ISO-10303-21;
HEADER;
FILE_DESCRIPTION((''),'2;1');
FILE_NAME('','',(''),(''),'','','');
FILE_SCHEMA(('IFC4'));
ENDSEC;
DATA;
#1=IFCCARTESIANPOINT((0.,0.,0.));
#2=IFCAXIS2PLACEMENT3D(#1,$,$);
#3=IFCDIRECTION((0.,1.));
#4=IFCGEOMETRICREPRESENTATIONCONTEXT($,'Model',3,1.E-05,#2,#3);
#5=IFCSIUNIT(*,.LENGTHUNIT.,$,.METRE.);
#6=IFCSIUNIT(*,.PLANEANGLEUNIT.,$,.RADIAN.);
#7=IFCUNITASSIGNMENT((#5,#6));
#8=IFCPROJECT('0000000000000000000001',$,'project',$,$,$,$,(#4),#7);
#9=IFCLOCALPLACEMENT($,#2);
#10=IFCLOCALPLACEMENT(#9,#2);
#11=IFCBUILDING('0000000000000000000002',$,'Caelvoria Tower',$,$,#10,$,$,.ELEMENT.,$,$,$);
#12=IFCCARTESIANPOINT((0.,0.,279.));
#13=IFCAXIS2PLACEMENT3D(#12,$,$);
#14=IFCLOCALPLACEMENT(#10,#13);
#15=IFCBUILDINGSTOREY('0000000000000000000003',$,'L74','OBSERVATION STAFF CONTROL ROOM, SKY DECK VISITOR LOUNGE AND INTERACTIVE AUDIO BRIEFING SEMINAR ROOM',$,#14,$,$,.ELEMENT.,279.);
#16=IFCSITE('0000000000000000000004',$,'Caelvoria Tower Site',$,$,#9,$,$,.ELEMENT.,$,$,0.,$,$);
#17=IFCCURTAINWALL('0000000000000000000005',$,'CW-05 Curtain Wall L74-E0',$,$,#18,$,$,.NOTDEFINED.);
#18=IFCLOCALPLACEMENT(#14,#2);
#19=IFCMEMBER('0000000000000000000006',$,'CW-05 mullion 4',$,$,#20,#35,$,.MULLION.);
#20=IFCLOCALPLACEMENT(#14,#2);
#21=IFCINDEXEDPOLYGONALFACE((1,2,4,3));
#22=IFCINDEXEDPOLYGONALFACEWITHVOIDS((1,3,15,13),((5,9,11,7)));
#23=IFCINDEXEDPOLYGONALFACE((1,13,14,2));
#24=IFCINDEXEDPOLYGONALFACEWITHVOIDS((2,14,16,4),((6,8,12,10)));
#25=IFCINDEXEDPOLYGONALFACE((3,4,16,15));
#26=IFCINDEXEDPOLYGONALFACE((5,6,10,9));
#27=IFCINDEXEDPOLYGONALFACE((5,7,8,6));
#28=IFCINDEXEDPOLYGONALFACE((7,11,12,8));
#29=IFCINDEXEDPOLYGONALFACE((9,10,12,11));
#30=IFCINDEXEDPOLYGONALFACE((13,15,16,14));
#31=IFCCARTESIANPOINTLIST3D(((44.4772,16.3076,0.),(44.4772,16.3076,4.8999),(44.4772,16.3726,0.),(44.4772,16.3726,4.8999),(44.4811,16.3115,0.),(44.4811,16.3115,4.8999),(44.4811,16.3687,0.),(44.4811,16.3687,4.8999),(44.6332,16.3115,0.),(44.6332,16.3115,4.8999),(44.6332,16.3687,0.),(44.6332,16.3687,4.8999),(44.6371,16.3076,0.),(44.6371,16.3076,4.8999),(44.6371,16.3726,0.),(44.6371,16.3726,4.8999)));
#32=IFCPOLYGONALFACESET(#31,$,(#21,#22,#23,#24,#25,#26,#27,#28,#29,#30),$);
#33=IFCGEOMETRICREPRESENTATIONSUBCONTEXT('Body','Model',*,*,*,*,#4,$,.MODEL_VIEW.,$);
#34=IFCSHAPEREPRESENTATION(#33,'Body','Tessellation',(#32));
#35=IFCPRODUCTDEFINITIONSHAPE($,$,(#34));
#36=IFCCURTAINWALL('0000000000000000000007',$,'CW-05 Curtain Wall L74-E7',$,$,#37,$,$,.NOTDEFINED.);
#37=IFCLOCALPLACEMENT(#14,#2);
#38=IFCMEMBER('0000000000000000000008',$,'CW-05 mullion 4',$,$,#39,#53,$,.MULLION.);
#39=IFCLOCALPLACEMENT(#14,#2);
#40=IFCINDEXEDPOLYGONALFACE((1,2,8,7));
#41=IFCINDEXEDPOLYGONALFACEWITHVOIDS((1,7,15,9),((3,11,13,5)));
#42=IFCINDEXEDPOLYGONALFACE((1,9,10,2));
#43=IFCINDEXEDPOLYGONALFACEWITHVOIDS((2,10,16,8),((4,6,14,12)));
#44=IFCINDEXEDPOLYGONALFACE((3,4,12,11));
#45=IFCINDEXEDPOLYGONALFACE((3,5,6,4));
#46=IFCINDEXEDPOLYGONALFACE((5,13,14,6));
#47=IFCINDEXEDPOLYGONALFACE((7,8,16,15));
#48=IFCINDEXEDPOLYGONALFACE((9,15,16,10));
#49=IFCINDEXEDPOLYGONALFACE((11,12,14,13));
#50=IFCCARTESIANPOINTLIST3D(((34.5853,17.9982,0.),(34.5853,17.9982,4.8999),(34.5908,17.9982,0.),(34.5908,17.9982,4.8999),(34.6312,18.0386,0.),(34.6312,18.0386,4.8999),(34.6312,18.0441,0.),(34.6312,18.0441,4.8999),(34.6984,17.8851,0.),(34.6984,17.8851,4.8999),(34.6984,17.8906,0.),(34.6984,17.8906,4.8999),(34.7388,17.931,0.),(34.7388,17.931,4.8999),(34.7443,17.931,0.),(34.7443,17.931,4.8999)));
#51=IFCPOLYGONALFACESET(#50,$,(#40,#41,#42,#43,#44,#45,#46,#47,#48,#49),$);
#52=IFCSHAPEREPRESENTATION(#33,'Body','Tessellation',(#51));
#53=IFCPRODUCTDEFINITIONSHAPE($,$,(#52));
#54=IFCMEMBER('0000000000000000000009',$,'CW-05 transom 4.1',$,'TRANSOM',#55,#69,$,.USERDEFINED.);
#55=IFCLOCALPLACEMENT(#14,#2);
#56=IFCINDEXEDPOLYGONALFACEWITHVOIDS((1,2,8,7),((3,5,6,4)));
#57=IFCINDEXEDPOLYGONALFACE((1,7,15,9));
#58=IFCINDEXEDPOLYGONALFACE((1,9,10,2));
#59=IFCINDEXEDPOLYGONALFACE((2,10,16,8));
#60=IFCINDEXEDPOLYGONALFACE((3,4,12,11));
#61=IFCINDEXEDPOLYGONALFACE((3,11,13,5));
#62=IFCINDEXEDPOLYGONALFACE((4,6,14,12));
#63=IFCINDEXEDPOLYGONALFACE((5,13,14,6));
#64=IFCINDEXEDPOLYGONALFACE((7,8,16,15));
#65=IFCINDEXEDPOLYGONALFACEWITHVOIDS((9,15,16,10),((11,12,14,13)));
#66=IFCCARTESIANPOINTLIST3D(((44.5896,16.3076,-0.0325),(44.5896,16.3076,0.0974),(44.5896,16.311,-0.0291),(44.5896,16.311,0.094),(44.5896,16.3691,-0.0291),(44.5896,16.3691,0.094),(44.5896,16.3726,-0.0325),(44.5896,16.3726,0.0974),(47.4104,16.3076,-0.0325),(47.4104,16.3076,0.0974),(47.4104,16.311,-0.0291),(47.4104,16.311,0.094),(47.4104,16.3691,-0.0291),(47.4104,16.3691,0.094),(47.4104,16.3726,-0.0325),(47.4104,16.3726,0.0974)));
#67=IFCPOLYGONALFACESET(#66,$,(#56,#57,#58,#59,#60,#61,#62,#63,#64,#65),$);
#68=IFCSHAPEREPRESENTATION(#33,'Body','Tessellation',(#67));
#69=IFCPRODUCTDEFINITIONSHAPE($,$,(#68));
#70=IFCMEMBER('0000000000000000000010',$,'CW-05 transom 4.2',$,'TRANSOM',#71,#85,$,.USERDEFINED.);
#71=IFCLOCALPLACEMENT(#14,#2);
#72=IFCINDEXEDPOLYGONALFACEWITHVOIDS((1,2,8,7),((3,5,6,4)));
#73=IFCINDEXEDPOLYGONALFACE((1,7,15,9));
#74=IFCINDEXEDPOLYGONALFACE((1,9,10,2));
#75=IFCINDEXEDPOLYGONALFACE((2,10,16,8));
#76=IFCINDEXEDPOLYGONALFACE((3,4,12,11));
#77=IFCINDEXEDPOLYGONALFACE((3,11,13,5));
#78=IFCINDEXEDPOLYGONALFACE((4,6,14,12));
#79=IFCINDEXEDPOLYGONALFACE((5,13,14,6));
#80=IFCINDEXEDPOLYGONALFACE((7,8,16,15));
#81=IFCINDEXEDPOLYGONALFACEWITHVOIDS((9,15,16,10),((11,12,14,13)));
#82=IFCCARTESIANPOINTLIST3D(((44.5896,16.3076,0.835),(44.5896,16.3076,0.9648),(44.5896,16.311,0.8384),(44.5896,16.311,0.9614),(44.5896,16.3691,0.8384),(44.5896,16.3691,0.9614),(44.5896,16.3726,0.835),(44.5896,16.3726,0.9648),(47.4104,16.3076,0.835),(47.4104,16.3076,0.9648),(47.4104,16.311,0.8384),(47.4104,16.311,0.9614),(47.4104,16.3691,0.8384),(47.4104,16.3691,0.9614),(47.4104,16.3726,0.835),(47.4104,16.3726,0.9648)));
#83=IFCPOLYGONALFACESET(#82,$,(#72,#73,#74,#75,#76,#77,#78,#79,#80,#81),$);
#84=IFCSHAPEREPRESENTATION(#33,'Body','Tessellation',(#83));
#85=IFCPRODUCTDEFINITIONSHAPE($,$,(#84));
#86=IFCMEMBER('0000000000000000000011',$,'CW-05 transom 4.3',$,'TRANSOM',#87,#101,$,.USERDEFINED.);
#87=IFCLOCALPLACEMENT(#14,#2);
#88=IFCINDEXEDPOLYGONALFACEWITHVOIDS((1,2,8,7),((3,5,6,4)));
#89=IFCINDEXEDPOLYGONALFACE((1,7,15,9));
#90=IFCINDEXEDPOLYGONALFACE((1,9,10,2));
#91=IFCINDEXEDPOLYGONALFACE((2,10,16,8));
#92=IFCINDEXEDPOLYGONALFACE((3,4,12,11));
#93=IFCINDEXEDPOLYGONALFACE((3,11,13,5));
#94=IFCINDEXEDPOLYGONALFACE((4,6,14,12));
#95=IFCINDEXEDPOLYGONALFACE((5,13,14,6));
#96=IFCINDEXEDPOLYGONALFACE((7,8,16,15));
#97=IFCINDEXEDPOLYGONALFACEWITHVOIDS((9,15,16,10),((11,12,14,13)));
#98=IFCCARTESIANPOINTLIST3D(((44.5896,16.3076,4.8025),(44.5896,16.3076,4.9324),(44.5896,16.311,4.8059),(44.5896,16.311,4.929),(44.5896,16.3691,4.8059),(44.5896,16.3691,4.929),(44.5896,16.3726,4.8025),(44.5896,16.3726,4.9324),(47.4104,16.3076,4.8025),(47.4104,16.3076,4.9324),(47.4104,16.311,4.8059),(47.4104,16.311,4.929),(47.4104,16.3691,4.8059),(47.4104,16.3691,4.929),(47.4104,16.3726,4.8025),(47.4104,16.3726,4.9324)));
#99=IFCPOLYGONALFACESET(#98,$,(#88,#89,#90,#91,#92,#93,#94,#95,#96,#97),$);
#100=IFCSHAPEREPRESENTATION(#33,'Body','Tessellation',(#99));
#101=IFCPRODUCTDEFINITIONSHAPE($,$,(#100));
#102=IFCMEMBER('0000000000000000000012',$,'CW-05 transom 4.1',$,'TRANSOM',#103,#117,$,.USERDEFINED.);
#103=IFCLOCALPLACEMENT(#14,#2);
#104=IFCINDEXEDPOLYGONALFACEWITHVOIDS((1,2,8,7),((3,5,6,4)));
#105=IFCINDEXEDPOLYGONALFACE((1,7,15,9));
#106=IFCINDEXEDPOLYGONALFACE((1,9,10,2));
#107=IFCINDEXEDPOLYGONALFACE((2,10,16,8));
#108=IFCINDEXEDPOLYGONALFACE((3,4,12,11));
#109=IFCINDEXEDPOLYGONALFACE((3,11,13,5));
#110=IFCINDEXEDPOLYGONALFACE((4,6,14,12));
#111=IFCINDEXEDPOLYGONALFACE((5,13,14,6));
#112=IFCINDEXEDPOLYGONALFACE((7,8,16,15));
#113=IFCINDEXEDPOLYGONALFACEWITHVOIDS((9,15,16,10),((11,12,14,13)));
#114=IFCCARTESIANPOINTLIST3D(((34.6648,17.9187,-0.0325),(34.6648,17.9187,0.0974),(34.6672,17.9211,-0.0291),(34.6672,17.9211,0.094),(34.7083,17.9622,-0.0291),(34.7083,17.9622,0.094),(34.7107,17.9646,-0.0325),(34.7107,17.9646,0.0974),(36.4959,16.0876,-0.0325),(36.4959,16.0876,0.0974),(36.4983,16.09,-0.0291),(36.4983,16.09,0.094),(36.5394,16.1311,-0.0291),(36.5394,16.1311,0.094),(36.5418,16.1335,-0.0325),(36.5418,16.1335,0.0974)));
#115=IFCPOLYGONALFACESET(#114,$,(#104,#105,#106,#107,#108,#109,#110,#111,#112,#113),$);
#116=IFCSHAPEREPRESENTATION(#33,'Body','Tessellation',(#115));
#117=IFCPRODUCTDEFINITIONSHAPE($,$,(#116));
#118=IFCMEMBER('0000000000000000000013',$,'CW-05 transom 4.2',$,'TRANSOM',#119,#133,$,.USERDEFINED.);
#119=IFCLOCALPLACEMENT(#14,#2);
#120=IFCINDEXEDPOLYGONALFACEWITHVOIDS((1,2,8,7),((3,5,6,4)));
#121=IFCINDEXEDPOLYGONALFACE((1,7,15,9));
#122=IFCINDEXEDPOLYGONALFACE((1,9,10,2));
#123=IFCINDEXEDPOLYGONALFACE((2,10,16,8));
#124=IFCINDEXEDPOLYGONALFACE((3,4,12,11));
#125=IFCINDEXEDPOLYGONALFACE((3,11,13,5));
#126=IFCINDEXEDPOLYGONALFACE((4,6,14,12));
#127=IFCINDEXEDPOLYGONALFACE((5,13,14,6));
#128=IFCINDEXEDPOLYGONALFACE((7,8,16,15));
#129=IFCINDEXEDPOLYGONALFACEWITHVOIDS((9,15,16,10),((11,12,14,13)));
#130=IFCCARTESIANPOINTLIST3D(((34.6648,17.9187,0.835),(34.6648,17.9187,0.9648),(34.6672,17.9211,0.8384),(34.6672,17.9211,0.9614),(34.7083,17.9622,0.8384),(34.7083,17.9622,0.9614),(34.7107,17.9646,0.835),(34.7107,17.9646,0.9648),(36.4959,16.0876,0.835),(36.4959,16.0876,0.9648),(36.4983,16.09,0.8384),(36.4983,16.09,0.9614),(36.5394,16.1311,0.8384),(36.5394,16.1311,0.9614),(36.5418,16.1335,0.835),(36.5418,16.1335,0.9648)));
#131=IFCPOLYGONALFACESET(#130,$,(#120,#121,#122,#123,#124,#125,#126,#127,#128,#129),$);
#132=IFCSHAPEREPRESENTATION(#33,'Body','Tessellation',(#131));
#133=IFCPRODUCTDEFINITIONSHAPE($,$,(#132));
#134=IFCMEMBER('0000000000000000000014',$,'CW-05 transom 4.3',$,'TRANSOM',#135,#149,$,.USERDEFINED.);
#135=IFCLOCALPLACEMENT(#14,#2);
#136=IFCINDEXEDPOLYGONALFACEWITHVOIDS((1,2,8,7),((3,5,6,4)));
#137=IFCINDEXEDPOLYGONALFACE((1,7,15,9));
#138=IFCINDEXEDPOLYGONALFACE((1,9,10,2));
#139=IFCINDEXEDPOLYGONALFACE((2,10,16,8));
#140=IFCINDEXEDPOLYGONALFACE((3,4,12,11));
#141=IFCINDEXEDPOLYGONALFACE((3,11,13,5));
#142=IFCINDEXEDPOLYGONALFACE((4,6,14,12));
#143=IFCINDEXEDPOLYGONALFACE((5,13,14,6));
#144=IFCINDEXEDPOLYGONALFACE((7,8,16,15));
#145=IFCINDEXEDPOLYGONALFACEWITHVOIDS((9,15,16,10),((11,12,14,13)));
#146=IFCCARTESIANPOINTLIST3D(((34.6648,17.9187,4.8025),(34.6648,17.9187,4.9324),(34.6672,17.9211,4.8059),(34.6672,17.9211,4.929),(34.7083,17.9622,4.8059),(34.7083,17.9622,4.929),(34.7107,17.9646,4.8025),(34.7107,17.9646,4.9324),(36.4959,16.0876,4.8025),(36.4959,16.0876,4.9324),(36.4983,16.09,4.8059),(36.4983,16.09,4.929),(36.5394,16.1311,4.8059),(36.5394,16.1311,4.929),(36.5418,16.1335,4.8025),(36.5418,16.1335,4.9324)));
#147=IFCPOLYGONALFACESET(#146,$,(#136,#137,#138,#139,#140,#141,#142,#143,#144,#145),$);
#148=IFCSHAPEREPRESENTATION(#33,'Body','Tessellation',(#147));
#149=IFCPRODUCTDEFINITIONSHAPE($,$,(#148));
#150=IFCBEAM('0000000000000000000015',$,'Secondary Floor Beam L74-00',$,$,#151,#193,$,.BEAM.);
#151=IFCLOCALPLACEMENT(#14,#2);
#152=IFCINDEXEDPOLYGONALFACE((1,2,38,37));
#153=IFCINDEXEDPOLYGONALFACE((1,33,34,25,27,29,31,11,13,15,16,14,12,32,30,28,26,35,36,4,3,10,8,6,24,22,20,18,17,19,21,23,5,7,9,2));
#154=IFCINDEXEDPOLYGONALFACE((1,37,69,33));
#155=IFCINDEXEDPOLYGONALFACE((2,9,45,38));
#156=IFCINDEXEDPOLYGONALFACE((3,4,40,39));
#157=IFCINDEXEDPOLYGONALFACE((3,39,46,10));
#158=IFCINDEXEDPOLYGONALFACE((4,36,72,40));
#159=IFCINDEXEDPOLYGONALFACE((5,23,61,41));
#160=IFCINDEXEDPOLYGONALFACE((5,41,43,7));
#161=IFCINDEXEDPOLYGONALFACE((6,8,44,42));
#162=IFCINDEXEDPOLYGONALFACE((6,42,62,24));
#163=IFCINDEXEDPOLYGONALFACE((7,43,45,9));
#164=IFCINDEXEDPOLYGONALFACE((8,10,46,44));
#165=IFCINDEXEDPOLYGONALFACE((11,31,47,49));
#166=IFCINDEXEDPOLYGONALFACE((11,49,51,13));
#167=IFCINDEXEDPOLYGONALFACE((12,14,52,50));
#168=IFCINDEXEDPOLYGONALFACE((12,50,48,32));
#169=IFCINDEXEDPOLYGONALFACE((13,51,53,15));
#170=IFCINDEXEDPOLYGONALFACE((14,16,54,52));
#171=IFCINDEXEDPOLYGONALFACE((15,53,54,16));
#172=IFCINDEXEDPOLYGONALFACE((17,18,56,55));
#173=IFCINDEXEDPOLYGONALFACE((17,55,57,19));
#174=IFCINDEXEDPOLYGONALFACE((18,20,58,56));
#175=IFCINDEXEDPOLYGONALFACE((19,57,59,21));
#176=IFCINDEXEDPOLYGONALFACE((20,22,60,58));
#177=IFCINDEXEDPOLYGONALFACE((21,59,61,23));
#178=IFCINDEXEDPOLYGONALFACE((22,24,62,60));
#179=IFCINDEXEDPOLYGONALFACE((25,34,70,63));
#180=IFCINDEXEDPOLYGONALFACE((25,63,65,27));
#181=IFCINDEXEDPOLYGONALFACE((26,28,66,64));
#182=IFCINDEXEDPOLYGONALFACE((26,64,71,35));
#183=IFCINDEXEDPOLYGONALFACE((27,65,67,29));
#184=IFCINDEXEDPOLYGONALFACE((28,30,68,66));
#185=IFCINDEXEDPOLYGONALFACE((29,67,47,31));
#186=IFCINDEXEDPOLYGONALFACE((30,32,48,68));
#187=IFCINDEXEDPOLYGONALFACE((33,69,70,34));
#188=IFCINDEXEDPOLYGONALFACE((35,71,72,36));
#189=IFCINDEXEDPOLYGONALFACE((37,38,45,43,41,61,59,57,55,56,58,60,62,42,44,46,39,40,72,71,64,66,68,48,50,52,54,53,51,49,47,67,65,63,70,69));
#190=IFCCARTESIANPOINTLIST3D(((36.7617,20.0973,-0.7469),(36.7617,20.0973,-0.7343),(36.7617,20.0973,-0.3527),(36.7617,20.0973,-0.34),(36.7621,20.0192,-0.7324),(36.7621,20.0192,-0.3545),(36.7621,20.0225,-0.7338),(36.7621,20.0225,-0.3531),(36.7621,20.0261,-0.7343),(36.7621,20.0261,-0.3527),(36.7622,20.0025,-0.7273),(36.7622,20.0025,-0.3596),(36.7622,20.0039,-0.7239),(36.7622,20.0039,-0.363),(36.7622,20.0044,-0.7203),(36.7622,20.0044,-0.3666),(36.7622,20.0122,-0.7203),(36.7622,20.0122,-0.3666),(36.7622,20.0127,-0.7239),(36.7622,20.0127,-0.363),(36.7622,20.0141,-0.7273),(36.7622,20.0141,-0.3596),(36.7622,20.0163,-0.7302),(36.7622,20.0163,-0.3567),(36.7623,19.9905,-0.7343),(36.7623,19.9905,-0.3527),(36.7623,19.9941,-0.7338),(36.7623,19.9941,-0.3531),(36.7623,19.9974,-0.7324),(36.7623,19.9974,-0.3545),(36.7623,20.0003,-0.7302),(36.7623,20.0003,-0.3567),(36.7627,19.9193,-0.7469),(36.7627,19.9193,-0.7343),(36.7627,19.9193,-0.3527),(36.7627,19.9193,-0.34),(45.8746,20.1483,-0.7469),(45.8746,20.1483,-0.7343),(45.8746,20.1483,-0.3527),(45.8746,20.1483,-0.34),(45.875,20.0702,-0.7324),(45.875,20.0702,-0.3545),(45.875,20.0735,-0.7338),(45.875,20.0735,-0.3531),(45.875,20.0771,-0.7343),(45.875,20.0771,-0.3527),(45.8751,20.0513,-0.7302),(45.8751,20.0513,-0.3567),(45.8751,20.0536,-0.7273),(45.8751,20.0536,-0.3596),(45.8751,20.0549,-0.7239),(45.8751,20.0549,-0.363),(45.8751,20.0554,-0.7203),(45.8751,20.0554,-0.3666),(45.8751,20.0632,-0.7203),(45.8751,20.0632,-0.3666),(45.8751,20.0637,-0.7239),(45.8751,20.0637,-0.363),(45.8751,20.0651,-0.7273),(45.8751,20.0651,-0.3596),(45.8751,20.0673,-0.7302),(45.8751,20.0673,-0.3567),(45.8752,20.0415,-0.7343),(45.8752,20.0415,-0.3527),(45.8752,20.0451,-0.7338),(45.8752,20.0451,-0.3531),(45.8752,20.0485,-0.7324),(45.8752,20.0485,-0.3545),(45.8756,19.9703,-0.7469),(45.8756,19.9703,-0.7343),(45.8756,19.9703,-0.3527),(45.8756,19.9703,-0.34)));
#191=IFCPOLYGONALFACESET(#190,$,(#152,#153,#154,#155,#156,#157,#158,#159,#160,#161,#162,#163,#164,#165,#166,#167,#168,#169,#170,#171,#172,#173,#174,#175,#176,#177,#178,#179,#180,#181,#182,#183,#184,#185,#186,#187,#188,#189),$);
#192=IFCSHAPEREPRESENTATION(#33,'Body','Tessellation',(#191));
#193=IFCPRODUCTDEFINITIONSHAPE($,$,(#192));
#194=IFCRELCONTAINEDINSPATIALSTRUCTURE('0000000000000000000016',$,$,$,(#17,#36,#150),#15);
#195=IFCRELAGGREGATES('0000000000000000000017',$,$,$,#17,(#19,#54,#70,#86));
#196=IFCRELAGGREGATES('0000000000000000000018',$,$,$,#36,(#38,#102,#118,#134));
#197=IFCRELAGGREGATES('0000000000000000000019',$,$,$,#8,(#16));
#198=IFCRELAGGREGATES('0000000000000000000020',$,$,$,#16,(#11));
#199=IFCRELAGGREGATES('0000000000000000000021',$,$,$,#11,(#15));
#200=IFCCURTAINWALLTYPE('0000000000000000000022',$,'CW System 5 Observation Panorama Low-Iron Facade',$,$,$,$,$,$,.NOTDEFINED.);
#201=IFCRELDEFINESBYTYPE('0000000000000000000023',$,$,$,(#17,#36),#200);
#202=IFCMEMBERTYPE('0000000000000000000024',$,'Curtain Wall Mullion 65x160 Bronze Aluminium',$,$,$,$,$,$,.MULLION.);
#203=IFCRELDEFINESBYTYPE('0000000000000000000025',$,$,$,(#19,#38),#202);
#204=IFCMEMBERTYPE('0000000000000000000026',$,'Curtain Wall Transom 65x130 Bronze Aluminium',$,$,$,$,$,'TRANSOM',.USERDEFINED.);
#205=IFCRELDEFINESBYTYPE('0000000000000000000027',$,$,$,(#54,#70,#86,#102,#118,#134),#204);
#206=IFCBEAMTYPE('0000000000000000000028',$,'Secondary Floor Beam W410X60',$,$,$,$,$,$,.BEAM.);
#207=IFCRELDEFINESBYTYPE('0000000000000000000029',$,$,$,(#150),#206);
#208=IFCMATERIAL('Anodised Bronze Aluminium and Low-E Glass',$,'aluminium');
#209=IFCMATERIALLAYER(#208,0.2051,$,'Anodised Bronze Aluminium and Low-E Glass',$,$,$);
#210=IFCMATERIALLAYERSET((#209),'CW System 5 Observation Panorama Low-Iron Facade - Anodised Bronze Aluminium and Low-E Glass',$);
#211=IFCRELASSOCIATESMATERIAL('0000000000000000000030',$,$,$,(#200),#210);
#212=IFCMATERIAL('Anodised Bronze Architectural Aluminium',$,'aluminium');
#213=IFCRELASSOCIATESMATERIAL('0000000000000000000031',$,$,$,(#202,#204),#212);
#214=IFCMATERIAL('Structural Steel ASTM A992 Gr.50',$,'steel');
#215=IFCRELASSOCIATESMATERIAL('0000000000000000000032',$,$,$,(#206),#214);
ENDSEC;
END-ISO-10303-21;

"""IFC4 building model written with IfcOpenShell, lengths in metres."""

from ifc_helpers import new_model, si_unit, direction, frame, origin, origin_2d, place, context, subcontext, project, spatial, hollow_rectangle, i_section, extrude, material, layer, layer_set, material_profile, profile_set, type_object, element, aggregate, save


model = new_model("IFC4")

# Units and contexts
model_context = context("Model", 3, precision=1e-05, world=origin(), true_north=direction((0.0, 1.0)))
body_context = subcontext(model_context, "Body", "Model", "MODEL_VIEW")
ifc_project = project(units=[si_unit("LENGTHUNIT", "METRE"), si_unit("PLANEANGLEUNIT", "RADIAN")], contexts=[model_context])

# Site, building, storey
site_placement = place(None, origin())
site = spatial("IfcSite", under=ifc_project, at=site_placement, Name="Caelvoria Tower Site", CompositionType="ELEMENT", RefElevation=0.0)
building_placement = place(site_placement, origin())
building = spatial("IfcBuilding", under=site, at=building_placement, Name="Caelvoria Tower", CompositionType="ELEMENT")
storey_placement = place(building_placement, frame((0.0, 0.0, 279.0)))
storey = spatial("IfcBuildingStorey", under=building, at=storey_placement, Name="L74", Description="OBSERVATION STAFF CONTROL ROOM, SKY DECK VISITOR LOUNGE AND INTERACTIVE AUDIO BRIEFING SEMINAR ROOM", CompositionType="ELEMENT", Elevation=279.0)

# Curtain walls, members
ifc_material_1 = material(Name="Anodised Bronze Aluminium and Low-E Glass", Category="aluminium")
ifc_layer_1 = layer(ifc_material_1, 0.2051, Name="Anodised Bronze Aluminium and Low-E Glass")
ifc_layer_set_1 = layer_set([ifc_layer_1], Name="CW System 5 Observation Panorama Low-Iron Facade - Anodised Bronze Aluminium and Low-E Glass")
curtain_wall_type = type_object("IfcCurtainWallType", Name="CW System 5 Observation Panorama Low-Iron Facade", PredefinedType="NOTDEFINED", material=ifc_layer_set_1)
curtain_wall_1_placement = place(storey_placement, origin())
curtain_wall_1 = element("IfcCurtainWall", 1, at=curtain_wall_1_placement, inside=storey, type_object=curtain_wall_type, Name="CW-05 Curtain Wall L74-E0", PredefinedType="NOTDEFINED")
ifc_material_2 = material(Name="Anodised Bronze Architectural Aluminium", Category="aluminium")
ifc_material_profile_1 = material_profile(ifc_material_2, hollow_rectangle(XDim=0.0649, YDim=0.1599, WallThickness=0.0039, at=origin_2d()), Name="Anodised Bronze Architectural Aluminium")
ifc_profile_set_1 = profile_set([ifc_material_profile_1], Name="CW_MULL_65X160 - Anodised Bronze Architectural Aluminium")
member_type_1 = type_object("IfcMemberType", Name="Curtain Wall Mullion 65x160 Bronze Aluminium", PredefinedType="MULLION", material=ifc_profile_set_1)
member_1_placement = place(storey_placement, frame((44.5571, 16.3401, 0.0), z_axis=(0.0, 0.0, 1.0), x_axis=(0.0, 1.0, 0.0)))
member_1 = element("IfcMember", 2, at=member_1_placement, type_object=member_type_1, Name="CW-05 mullion 4", PredefinedType="MULLION", context=body_context, shape_type="SweptSolid", body=[
    extrude(hollow_rectangle(XDim=0.0649, YDim=0.1599, WallThickness=0.0039, at=origin_2d()), origin(), (0.0, 0.0, 1.0), 4.8999),
])
curtain_wall_2_placement = place(storey_placement, origin())
curtain_wall_2 = element("IfcCurtainWall", 3, at=curtain_wall_2_placement, inside=storey, type_object=curtain_wall_type, Name="CW-05 Curtain Wall L74-E7", PredefinedType="NOTDEFINED")
member_2_placement = place(storey_placement, frame((34.6648, 17.9646, 0.0), z_axis=(0.0, 0.0, 1.0), x_axis=(0.707107, 0.707107, 0.0)))
member_2 = element("IfcMember", 4, at=member_2_placement, type_object=member_type_1, Name="CW-05 mullion 4", PredefinedType="MULLION", context=body_context, shape_type="SweptSolid", body=[
    extrude(hollow_rectangle(XDim=0.0649, YDim=0.1599, WallThickness=0.0039, at=origin_2d()), origin(), (0.0, 0.0, 1.0), 4.8999),
])

# Members
ifc_material_profile_2 = material_profile(ifc_material_2, hollow_rectangle(XDim=0.0649, YDim=0.1299, WallThickness=0.0034, at=origin_2d()), Name="Anodised Bronze Architectural Aluminium")
ifc_profile_set_2 = profile_set([ifc_material_profile_2], Name="CW_TRAN_65X130 - Anodised Bronze Architectural Aluminium")
member_type_2 = type_object("IfcMemberType", Name="Curtain Wall Transom 65x130 Bronze Aluminium", ElementType="TRANSOM", PredefinedType="USERDEFINED", material=ifc_profile_set_2)
member_3_placement = place(storey_placement, frame((44.5896, 16.3401, 0.0325), z_axis=(1.0, 0.0, 0.0), x_axis=(0.0, 1.0, 0.0)))
member_3 = element("IfcMember", 5, at=member_3_placement, type_object=member_type_2, Name="CW-05 transom 4.1", ObjectType="TRANSOM", PredefinedType="USERDEFINED", context=body_context, shape_type="SweptSolid", body=[
    extrude(hollow_rectangle(XDim=0.0649, YDim=0.1299, WallThickness=0.0034, at=origin_2d()), origin(), (0.0, 0.0, 1.0), 2.8208),
])
member_4_placement = place(storey_placement, frame((44.5896, 16.3401, 0.8999), z_axis=(1.0, 0.0, 0.0), x_axis=(0.0, 1.0, 0.0)))
member_4 = element("IfcMember", 6, at=member_4_placement, type_object=member_type_2, Name="CW-05 transom 4.2", ObjectType="TRANSOM", PredefinedType="USERDEFINED", context=body_context, shape_type="SweptSolid", body=[
    extrude(hollow_rectangle(XDim=0.0649, YDim=0.1299, WallThickness=0.0034, at=origin_2d()), origin(), (0.0, 0.0, 1.0), 2.8208),
])
member_5_placement = place(storey_placement, frame((44.5896, 16.3401, 4.8674), z_axis=(1.0, 0.0, 0.0), x_axis=(0.0, 1.0, 0.0)))
member_5 = element("IfcMember", 7, at=member_5_placement, type_object=member_type_2, Name="CW-05 transom 4.3", ObjectType="TRANSOM", PredefinedType="USERDEFINED", context=body_context, shape_type="SweptSolid", body=[
    extrude(hollow_rectangle(XDim=0.0649, YDim=0.1299, WallThickness=0.0034, at=origin_2d()), origin(), (0.0, 0.0, 1.0), 2.8208),
])
aggregate(curtain_wall_1, [member_1, member_3, member_4, member_5])
member_6_placement = place(storey_placement, frame((34.6877, 17.9417, 0.0325), z_axis=(0.707107, -0.707107, 0.0), x_axis=(0.707107, 0.707107, 0.0)))
member_6 = element("IfcMember", 8, at=member_6_placement, type_object=member_type_2, Name="CW-05 transom 4.1", ObjectType="TRANSOM", PredefinedType="USERDEFINED", context=body_context, shape_type="SweptSolid", body=[
    extrude(hollow_rectangle(XDim=0.0649, YDim=0.1299, WallThickness=0.0034, at=origin_2d()), origin(), (0.0, 0.0, 1.0), 2.5896),
])
member_7_placement = place(storey_placement, frame((34.6877, 17.9417, 0.8999), z_axis=(0.707107, -0.707107, 0.0), x_axis=(0.707107, 0.707107, 0.0)))
member_7 = element("IfcMember", 9, at=member_7_placement, type_object=member_type_2, Name="CW-05 transom 4.2", ObjectType="TRANSOM", PredefinedType="USERDEFINED", context=body_context, shape_type="SweptSolid", body=[
    extrude(hollow_rectangle(XDim=0.0649, YDim=0.1299, WallThickness=0.0034, at=origin_2d()), origin(), (0.0, 0.0, 1.0), 2.5896),
])
member_8_placement = place(storey_placement, frame((34.6877, 17.9417, 4.8674), z_axis=(0.707107, -0.707107, 0.0), x_axis=(0.707107, 0.707107, 0.0)))
member_8 = element("IfcMember", 10, at=member_8_placement, type_object=member_type_2, Name="CW-05 transom 4.3", ObjectType="TRANSOM", PredefinedType="USERDEFINED", context=body_context, shape_type="SweptSolid", body=[
    extrude(hollow_rectangle(XDim=0.0649, YDim=0.1299, WallThickness=0.0034, at=origin_2d()), origin(), (0.0, 0.0, 1.0), 2.5896),
])

# Beam
ifc_material_3 = material(Name="Structural Steel ASTM A992 Gr.50", Category="steel")
ifc_material_profile_3 = material_profile(ifc_material_3, i_section(OverallWidth=0.178, OverallDepth=0.407, WebThickness=0.0078, FlangeThickness=0.0127, FilletRadius=0.0139, at=origin_2d()), Name="Structural Steel ASTM A992 Gr.50")
ifc_profile_set_3 = profile_set([ifc_material_profile_3], Name="W410X60 - Structural Steel ASTM A992 Gr.50")
beam_type = type_object("IfcBeamType", Name="Secondary Floor Beam W410X60", PredefinedType="BEAM", material=ifc_profile_set_3)
beam_placement = place(storey_placement, frame((36.7622, 20.0083, -0.5435), z_axis=(0.999984, 0.005599, 0.0), x_axis=(-0.005599, 0.999984, 0.0)))
element("IfcBeam", 11, at=beam_placement, inside=storey, type_object=beam_type, Name="Secondary Floor Beam L74-00", PredefinedType="BEAM", context=body_context, shape_type="SweptSolid", body=[
    extrude(i_section(OverallWidth=0.178, OverallDepth=0.407, WebThickness=0.0078, FlangeThickness=0.0127, FilletRadius=0.0139, at=origin_2d()), origin(), (0.0, 0.0, 1.0), 9.113),
])

aggregate(curtain_wall_2, [member_2, member_6, member_7, member_8])

save(model, "model.ifc")
